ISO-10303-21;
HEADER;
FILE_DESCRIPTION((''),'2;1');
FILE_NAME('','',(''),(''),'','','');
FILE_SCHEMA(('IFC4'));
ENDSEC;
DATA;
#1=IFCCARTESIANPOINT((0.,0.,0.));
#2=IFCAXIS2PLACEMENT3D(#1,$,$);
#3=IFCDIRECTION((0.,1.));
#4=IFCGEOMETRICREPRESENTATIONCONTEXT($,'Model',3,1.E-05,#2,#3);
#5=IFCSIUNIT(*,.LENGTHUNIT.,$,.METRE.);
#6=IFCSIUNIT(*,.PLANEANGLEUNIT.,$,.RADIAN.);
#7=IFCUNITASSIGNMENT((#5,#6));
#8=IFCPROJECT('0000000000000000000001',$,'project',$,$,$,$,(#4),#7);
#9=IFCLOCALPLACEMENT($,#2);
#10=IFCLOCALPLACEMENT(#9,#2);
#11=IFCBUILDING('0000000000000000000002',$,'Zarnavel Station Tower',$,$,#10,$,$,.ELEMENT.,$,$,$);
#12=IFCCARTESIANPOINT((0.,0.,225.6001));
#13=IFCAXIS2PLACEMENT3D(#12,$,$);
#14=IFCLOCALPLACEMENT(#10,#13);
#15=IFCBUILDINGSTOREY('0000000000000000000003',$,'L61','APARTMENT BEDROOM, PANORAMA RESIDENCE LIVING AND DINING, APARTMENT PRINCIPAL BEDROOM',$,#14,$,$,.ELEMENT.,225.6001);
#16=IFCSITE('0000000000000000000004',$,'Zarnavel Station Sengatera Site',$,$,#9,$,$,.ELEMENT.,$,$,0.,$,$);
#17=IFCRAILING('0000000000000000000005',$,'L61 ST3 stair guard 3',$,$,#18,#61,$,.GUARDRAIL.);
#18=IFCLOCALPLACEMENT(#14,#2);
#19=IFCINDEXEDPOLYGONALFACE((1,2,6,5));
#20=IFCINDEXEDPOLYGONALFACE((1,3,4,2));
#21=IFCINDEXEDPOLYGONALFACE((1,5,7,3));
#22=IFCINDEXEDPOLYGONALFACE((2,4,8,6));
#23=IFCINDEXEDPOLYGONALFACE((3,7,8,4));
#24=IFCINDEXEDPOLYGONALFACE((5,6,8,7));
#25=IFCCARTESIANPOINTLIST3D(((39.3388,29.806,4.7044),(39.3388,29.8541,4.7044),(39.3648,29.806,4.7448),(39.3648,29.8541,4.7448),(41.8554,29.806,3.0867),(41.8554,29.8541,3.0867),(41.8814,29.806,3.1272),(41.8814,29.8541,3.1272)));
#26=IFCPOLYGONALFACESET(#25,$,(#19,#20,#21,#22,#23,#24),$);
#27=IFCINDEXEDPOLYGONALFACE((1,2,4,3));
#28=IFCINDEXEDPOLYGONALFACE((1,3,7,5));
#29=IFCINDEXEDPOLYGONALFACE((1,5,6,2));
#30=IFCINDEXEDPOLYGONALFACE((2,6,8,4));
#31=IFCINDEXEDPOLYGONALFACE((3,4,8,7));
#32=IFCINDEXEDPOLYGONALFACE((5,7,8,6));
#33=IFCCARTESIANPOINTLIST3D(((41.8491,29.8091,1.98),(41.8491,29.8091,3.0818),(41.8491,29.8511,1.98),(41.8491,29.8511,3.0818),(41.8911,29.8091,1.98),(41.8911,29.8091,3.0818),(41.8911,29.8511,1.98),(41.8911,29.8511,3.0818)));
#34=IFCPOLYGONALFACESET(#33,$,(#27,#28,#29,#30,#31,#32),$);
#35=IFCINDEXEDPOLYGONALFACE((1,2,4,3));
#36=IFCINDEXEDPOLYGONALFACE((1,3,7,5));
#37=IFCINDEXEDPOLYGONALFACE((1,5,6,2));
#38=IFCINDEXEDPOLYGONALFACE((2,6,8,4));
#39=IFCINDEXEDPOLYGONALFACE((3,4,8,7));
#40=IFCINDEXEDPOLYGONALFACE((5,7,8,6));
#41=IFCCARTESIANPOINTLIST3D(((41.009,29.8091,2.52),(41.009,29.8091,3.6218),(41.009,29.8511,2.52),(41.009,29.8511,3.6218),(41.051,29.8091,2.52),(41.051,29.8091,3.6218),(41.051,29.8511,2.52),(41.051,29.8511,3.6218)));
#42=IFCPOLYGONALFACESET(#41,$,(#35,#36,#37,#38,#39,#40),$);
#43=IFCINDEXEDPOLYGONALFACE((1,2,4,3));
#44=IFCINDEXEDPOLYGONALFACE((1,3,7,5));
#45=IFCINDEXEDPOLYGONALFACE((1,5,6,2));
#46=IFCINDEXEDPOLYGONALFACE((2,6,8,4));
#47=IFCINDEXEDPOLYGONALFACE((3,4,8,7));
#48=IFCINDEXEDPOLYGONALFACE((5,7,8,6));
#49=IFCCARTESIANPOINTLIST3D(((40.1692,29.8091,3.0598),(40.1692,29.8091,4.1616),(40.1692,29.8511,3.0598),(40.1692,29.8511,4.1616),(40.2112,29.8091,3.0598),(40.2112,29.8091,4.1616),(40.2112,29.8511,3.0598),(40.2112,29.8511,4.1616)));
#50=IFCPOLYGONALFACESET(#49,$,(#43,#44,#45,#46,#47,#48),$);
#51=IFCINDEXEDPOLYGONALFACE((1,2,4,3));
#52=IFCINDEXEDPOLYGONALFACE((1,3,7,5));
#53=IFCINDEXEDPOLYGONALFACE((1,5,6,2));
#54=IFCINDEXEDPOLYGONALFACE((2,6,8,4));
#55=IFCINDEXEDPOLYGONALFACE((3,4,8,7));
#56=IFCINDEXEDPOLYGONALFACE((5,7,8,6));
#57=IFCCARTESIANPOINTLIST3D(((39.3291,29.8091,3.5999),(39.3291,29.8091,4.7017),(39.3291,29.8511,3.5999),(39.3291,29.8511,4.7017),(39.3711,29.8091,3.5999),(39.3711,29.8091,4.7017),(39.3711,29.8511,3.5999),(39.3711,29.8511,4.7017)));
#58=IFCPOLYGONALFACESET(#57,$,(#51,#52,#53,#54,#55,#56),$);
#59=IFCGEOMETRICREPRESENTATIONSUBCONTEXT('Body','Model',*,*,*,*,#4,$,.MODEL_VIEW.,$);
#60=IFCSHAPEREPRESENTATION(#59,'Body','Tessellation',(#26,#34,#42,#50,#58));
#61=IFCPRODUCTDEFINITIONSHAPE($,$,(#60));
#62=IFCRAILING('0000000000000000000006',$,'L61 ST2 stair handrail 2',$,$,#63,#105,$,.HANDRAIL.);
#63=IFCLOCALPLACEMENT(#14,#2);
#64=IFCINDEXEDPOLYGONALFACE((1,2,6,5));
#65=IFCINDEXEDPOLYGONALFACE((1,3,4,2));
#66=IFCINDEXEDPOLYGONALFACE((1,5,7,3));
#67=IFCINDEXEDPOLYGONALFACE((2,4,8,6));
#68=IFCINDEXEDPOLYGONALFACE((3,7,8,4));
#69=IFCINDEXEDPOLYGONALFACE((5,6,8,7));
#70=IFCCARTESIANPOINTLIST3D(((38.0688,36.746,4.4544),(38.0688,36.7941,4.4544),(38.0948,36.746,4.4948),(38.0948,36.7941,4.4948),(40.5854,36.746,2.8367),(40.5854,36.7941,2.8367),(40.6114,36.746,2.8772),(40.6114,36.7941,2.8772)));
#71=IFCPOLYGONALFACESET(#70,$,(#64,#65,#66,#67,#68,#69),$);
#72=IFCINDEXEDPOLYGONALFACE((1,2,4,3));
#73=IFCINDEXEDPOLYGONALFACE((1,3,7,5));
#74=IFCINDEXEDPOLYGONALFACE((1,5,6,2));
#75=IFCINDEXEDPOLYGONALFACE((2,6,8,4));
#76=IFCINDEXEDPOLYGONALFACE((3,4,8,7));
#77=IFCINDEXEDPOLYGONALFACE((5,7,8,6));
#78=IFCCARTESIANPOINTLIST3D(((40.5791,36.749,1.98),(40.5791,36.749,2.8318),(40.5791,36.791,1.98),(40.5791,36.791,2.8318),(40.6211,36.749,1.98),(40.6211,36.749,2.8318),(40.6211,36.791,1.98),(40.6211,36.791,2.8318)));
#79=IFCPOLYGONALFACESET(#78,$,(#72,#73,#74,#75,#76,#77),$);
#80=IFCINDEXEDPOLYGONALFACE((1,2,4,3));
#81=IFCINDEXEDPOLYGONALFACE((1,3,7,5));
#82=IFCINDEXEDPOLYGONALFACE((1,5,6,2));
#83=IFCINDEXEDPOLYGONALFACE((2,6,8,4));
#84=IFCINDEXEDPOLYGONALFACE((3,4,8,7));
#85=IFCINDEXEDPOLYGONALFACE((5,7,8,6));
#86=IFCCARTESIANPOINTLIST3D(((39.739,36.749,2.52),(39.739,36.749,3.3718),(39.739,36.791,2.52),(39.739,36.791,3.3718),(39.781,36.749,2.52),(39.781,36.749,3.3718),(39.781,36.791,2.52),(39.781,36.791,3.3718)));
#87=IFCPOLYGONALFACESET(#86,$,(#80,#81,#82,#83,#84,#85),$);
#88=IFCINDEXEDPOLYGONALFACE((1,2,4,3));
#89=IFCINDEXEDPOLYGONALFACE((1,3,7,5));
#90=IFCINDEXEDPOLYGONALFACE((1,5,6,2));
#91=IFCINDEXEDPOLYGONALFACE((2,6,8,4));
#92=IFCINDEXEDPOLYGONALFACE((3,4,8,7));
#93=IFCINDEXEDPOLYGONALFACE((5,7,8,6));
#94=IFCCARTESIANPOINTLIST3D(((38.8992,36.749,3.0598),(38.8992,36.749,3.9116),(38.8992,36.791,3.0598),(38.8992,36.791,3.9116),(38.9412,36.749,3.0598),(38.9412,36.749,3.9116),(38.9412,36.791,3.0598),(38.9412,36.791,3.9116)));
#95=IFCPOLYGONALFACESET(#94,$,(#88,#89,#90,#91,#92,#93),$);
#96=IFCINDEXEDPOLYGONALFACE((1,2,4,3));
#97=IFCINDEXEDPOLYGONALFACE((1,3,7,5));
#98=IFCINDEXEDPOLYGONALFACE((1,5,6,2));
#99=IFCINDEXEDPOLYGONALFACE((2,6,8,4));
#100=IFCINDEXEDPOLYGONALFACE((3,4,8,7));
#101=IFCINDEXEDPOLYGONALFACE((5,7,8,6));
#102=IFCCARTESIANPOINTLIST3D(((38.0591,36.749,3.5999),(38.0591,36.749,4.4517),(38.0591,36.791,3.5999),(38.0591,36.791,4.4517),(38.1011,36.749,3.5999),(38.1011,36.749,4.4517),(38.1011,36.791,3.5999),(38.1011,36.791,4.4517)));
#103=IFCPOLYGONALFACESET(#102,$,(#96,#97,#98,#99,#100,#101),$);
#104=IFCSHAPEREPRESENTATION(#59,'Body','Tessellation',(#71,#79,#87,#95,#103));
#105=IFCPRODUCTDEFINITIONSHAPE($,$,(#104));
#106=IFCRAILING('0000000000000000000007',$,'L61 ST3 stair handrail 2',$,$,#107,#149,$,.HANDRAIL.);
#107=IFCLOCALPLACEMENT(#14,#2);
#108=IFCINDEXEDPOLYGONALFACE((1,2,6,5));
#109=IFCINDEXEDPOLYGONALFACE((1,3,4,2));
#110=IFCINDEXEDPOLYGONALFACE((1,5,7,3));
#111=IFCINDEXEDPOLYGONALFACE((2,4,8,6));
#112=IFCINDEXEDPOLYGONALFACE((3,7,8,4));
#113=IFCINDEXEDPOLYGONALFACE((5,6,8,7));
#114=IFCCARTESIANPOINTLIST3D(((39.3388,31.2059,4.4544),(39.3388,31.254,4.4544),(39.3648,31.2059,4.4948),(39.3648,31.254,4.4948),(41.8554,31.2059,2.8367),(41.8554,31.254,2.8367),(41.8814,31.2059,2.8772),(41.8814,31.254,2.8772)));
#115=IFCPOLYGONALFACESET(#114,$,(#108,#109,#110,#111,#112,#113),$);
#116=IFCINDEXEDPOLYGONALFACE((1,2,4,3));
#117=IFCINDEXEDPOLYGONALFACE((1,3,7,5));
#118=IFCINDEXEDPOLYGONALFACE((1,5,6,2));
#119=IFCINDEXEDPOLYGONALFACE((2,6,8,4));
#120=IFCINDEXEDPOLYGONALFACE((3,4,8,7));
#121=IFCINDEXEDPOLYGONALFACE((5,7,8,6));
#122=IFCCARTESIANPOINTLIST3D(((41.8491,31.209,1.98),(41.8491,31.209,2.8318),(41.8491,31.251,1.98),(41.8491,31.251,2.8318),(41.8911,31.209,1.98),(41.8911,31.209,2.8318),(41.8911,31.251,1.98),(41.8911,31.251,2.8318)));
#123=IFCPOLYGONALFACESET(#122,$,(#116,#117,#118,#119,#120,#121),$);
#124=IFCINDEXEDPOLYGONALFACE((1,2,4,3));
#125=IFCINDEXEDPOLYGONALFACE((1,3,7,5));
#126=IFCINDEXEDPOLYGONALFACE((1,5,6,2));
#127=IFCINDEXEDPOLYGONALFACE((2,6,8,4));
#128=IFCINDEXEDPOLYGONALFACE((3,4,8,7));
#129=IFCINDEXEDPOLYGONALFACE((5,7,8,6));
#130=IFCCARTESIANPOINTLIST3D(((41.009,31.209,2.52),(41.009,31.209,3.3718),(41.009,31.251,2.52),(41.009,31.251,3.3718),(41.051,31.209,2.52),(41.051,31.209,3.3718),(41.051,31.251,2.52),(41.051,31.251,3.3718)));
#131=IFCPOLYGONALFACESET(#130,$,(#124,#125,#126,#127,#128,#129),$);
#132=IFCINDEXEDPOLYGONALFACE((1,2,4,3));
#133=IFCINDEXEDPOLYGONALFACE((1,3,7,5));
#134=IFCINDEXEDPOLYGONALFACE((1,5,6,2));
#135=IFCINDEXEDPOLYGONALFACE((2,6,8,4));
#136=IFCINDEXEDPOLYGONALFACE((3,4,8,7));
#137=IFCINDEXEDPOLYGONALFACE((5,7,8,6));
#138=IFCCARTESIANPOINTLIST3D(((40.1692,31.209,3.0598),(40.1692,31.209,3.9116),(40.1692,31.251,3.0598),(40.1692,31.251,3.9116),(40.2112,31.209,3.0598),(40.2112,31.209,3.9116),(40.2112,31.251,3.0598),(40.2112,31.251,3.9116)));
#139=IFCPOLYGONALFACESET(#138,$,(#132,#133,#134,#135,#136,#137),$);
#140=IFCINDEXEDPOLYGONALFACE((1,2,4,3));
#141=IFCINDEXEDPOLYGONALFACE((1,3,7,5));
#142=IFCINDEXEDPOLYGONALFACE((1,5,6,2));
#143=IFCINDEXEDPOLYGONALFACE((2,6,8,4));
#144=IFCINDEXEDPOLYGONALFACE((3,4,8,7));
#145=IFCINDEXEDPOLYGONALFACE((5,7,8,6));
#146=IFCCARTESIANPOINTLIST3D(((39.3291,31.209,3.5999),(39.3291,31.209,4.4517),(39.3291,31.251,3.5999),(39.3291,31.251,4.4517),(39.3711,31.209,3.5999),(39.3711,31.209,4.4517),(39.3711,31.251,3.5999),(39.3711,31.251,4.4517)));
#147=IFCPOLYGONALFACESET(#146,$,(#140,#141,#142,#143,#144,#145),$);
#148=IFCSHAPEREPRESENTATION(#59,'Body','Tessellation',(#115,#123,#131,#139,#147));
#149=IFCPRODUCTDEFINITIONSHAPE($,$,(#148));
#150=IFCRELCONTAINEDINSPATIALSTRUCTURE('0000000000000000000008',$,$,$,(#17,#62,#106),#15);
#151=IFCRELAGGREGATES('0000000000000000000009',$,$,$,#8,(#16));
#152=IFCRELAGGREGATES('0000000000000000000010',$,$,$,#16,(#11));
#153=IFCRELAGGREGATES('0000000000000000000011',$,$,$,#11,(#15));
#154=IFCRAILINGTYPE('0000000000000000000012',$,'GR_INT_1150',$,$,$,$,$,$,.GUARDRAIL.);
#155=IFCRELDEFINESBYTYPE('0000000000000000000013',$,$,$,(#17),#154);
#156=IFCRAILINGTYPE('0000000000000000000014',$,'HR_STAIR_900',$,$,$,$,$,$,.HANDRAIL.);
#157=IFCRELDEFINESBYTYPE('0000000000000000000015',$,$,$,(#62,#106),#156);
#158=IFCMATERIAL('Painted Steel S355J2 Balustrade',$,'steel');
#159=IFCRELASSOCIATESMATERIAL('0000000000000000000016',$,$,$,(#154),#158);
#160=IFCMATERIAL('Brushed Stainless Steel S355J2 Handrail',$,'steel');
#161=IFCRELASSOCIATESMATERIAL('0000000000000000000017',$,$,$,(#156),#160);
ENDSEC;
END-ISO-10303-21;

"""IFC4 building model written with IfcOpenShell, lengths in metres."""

from ifc_helpers import new_model, si_unit, direction, frame, origin, origin_2d, place, context, subcontext, project, spatial, rectangle, extrude, material, type_object, element, save


model = new_model("IFC4")

# Units and contexts
model_context = context("Model", 3, precision=1e-05, world=origin(), true_north=direction((0.0, 1.0)))
body_context = subcontext(model_context, "Body", "Model", "MODEL_VIEW")
ifc_project = project(units=[si_unit("LENGTHUNIT", "METRE"), si_unit("PLANEANGLEUNIT", "RADIAN")], contexts=[model_context])

# Site, building, storey
site_placement = place(None, origin())
site = spatial("IfcSite", under=ifc_project, at=site_placement, Name="Zarnavel Station Sengatera Site", CompositionType="ELEMENT", RefElevation=0.0)
building_placement = place(site_placement, origin())
building = spatial("IfcBuilding", under=site, at=building_placement, Name="Zarnavel Station Tower", CompositionType="ELEMENT")
storey_placement = place(building_placement, frame((0.0, 0.0, 225.6001)))
storey = spatial("IfcBuildingStorey", under=building, at=storey_placement, Name="L61", Description="APARTMENT BEDROOM, PANORAMA RESIDENCE LIVING AND DINING, APARTMENT PRINCIPAL BEDROOM", CompositionType="ELEMENT", Elevation=225.6001)

# Railings
ifc_material_1 = material(Name="Painted Steel S355J2 Balustrade", Category="steel")
railing_type_1 = type_object("IfcRailingType", Name="GR_INT_1150", PredefinedType="GUARDRAIL", material=ifc_material_1)
railing_1_placement = place(storey_placement, frame((41.8701, 29.8301, 1.98)))
element("IfcRailing", 1, at=railing_1_placement, inside=storey, type_object=railing_type_1, Name="L61 ST3 stair guard 3", PredefinedType="GUARDRAIL", context=body_context, shape_type="SweptSolid", body=[
    extrude(rectangle(XDim=0.0481, YDim=0.0481, at=origin_2d()), frame((-0.0017, 0.0, 1.127), z_axis=(-0.8412, 0.0, 0.540725), x_axis=(0.0, -1.0, 0.0)), (0.0, 0.0, 1.0), 2.9917),
    extrude(rectangle(XDim=0.042, YDim=0.042, at=origin_2d()), origin(), (0.0, 0.0, 1.0), 1.1018),
    extrude(rectangle(XDim=0.042, YDim=0.042, at=origin_2d()), frame((-0.8401, 0.0, 0.54)), (0.0, 0.0, 1.0), 1.1018),
    extrude(rectangle(XDim=0.042, YDim=0.042, at=origin_2d()), frame((-1.6799, 0.0, 1.0798)), (0.0, 0.0, 1.0), 1.1018),
    extrude(rectangle(XDim=0.042, YDim=0.042, at=origin_2d()), frame((-2.52, 0.0, 1.6199)), (0.0, 0.0, 1.0), 1.1018),
])
ifc_material_2 = material(Name="Brushed Stainless Steel S355J2 Handrail", Category="steel")
railing_type_2 = type_object("IfcRailingType", Name="HR_STAIR_900", PredefinedType="HANDRAIL", material=ifc_material_2)
for number, where, name in (
    (2, (40.6001, 36.77, 1.98), "L61 ST2 stair handrail 2"),
    (3, (41.8701, 31.23, 1.98), "L61 ST3 stair handrail 2"),
):
    element("IfcRailing", number, at=place(storey_placement, frame(where)), inside=storey, type_object=railing_type_2, Name=name, PredefinedType="HANDRAIL", context=body_context, shape_type="SweptSolid", body=[
        extrude(rectangle(XDim=0.0481, YDim=0.0481, at=origin_2d()), frame((-0.0017, 0.0, 0.877), z_axis=(-0.8412, 0.0, 0.540725), x_axis=(0.0, -1.0, 0.0)), (0.0, 0.0, 1.0), 2.9917),
        extrude(rectangle(XDim=0.042, YDim=0.042, at=origin_2d()), origin(), (0.0, 0.0, 1.0), 0.8518),
        extrude(rectangle(XDim=0.042, YDim=0.042, at=origin_2d()), frame((-0.8401, 0.0, 0.54)), (0.0, 0.0, 1.0), 0.8518),
        extrude(rectangle(XDim=0.042, YDim=0.042, at=origin_2d()), frame((-1.6799, 0.0, 1.0798)), (0.0, 0.0, 1.0), 0.8518),
        extrude(rectangle(XDim=0.042, YDim=0.042, at=origin_2d()), frame((-2.52, 0.0, 1.6199)), (0.0, 0.0, 1.0), 0.8518),
    ])

save(model, "model.ifc")
